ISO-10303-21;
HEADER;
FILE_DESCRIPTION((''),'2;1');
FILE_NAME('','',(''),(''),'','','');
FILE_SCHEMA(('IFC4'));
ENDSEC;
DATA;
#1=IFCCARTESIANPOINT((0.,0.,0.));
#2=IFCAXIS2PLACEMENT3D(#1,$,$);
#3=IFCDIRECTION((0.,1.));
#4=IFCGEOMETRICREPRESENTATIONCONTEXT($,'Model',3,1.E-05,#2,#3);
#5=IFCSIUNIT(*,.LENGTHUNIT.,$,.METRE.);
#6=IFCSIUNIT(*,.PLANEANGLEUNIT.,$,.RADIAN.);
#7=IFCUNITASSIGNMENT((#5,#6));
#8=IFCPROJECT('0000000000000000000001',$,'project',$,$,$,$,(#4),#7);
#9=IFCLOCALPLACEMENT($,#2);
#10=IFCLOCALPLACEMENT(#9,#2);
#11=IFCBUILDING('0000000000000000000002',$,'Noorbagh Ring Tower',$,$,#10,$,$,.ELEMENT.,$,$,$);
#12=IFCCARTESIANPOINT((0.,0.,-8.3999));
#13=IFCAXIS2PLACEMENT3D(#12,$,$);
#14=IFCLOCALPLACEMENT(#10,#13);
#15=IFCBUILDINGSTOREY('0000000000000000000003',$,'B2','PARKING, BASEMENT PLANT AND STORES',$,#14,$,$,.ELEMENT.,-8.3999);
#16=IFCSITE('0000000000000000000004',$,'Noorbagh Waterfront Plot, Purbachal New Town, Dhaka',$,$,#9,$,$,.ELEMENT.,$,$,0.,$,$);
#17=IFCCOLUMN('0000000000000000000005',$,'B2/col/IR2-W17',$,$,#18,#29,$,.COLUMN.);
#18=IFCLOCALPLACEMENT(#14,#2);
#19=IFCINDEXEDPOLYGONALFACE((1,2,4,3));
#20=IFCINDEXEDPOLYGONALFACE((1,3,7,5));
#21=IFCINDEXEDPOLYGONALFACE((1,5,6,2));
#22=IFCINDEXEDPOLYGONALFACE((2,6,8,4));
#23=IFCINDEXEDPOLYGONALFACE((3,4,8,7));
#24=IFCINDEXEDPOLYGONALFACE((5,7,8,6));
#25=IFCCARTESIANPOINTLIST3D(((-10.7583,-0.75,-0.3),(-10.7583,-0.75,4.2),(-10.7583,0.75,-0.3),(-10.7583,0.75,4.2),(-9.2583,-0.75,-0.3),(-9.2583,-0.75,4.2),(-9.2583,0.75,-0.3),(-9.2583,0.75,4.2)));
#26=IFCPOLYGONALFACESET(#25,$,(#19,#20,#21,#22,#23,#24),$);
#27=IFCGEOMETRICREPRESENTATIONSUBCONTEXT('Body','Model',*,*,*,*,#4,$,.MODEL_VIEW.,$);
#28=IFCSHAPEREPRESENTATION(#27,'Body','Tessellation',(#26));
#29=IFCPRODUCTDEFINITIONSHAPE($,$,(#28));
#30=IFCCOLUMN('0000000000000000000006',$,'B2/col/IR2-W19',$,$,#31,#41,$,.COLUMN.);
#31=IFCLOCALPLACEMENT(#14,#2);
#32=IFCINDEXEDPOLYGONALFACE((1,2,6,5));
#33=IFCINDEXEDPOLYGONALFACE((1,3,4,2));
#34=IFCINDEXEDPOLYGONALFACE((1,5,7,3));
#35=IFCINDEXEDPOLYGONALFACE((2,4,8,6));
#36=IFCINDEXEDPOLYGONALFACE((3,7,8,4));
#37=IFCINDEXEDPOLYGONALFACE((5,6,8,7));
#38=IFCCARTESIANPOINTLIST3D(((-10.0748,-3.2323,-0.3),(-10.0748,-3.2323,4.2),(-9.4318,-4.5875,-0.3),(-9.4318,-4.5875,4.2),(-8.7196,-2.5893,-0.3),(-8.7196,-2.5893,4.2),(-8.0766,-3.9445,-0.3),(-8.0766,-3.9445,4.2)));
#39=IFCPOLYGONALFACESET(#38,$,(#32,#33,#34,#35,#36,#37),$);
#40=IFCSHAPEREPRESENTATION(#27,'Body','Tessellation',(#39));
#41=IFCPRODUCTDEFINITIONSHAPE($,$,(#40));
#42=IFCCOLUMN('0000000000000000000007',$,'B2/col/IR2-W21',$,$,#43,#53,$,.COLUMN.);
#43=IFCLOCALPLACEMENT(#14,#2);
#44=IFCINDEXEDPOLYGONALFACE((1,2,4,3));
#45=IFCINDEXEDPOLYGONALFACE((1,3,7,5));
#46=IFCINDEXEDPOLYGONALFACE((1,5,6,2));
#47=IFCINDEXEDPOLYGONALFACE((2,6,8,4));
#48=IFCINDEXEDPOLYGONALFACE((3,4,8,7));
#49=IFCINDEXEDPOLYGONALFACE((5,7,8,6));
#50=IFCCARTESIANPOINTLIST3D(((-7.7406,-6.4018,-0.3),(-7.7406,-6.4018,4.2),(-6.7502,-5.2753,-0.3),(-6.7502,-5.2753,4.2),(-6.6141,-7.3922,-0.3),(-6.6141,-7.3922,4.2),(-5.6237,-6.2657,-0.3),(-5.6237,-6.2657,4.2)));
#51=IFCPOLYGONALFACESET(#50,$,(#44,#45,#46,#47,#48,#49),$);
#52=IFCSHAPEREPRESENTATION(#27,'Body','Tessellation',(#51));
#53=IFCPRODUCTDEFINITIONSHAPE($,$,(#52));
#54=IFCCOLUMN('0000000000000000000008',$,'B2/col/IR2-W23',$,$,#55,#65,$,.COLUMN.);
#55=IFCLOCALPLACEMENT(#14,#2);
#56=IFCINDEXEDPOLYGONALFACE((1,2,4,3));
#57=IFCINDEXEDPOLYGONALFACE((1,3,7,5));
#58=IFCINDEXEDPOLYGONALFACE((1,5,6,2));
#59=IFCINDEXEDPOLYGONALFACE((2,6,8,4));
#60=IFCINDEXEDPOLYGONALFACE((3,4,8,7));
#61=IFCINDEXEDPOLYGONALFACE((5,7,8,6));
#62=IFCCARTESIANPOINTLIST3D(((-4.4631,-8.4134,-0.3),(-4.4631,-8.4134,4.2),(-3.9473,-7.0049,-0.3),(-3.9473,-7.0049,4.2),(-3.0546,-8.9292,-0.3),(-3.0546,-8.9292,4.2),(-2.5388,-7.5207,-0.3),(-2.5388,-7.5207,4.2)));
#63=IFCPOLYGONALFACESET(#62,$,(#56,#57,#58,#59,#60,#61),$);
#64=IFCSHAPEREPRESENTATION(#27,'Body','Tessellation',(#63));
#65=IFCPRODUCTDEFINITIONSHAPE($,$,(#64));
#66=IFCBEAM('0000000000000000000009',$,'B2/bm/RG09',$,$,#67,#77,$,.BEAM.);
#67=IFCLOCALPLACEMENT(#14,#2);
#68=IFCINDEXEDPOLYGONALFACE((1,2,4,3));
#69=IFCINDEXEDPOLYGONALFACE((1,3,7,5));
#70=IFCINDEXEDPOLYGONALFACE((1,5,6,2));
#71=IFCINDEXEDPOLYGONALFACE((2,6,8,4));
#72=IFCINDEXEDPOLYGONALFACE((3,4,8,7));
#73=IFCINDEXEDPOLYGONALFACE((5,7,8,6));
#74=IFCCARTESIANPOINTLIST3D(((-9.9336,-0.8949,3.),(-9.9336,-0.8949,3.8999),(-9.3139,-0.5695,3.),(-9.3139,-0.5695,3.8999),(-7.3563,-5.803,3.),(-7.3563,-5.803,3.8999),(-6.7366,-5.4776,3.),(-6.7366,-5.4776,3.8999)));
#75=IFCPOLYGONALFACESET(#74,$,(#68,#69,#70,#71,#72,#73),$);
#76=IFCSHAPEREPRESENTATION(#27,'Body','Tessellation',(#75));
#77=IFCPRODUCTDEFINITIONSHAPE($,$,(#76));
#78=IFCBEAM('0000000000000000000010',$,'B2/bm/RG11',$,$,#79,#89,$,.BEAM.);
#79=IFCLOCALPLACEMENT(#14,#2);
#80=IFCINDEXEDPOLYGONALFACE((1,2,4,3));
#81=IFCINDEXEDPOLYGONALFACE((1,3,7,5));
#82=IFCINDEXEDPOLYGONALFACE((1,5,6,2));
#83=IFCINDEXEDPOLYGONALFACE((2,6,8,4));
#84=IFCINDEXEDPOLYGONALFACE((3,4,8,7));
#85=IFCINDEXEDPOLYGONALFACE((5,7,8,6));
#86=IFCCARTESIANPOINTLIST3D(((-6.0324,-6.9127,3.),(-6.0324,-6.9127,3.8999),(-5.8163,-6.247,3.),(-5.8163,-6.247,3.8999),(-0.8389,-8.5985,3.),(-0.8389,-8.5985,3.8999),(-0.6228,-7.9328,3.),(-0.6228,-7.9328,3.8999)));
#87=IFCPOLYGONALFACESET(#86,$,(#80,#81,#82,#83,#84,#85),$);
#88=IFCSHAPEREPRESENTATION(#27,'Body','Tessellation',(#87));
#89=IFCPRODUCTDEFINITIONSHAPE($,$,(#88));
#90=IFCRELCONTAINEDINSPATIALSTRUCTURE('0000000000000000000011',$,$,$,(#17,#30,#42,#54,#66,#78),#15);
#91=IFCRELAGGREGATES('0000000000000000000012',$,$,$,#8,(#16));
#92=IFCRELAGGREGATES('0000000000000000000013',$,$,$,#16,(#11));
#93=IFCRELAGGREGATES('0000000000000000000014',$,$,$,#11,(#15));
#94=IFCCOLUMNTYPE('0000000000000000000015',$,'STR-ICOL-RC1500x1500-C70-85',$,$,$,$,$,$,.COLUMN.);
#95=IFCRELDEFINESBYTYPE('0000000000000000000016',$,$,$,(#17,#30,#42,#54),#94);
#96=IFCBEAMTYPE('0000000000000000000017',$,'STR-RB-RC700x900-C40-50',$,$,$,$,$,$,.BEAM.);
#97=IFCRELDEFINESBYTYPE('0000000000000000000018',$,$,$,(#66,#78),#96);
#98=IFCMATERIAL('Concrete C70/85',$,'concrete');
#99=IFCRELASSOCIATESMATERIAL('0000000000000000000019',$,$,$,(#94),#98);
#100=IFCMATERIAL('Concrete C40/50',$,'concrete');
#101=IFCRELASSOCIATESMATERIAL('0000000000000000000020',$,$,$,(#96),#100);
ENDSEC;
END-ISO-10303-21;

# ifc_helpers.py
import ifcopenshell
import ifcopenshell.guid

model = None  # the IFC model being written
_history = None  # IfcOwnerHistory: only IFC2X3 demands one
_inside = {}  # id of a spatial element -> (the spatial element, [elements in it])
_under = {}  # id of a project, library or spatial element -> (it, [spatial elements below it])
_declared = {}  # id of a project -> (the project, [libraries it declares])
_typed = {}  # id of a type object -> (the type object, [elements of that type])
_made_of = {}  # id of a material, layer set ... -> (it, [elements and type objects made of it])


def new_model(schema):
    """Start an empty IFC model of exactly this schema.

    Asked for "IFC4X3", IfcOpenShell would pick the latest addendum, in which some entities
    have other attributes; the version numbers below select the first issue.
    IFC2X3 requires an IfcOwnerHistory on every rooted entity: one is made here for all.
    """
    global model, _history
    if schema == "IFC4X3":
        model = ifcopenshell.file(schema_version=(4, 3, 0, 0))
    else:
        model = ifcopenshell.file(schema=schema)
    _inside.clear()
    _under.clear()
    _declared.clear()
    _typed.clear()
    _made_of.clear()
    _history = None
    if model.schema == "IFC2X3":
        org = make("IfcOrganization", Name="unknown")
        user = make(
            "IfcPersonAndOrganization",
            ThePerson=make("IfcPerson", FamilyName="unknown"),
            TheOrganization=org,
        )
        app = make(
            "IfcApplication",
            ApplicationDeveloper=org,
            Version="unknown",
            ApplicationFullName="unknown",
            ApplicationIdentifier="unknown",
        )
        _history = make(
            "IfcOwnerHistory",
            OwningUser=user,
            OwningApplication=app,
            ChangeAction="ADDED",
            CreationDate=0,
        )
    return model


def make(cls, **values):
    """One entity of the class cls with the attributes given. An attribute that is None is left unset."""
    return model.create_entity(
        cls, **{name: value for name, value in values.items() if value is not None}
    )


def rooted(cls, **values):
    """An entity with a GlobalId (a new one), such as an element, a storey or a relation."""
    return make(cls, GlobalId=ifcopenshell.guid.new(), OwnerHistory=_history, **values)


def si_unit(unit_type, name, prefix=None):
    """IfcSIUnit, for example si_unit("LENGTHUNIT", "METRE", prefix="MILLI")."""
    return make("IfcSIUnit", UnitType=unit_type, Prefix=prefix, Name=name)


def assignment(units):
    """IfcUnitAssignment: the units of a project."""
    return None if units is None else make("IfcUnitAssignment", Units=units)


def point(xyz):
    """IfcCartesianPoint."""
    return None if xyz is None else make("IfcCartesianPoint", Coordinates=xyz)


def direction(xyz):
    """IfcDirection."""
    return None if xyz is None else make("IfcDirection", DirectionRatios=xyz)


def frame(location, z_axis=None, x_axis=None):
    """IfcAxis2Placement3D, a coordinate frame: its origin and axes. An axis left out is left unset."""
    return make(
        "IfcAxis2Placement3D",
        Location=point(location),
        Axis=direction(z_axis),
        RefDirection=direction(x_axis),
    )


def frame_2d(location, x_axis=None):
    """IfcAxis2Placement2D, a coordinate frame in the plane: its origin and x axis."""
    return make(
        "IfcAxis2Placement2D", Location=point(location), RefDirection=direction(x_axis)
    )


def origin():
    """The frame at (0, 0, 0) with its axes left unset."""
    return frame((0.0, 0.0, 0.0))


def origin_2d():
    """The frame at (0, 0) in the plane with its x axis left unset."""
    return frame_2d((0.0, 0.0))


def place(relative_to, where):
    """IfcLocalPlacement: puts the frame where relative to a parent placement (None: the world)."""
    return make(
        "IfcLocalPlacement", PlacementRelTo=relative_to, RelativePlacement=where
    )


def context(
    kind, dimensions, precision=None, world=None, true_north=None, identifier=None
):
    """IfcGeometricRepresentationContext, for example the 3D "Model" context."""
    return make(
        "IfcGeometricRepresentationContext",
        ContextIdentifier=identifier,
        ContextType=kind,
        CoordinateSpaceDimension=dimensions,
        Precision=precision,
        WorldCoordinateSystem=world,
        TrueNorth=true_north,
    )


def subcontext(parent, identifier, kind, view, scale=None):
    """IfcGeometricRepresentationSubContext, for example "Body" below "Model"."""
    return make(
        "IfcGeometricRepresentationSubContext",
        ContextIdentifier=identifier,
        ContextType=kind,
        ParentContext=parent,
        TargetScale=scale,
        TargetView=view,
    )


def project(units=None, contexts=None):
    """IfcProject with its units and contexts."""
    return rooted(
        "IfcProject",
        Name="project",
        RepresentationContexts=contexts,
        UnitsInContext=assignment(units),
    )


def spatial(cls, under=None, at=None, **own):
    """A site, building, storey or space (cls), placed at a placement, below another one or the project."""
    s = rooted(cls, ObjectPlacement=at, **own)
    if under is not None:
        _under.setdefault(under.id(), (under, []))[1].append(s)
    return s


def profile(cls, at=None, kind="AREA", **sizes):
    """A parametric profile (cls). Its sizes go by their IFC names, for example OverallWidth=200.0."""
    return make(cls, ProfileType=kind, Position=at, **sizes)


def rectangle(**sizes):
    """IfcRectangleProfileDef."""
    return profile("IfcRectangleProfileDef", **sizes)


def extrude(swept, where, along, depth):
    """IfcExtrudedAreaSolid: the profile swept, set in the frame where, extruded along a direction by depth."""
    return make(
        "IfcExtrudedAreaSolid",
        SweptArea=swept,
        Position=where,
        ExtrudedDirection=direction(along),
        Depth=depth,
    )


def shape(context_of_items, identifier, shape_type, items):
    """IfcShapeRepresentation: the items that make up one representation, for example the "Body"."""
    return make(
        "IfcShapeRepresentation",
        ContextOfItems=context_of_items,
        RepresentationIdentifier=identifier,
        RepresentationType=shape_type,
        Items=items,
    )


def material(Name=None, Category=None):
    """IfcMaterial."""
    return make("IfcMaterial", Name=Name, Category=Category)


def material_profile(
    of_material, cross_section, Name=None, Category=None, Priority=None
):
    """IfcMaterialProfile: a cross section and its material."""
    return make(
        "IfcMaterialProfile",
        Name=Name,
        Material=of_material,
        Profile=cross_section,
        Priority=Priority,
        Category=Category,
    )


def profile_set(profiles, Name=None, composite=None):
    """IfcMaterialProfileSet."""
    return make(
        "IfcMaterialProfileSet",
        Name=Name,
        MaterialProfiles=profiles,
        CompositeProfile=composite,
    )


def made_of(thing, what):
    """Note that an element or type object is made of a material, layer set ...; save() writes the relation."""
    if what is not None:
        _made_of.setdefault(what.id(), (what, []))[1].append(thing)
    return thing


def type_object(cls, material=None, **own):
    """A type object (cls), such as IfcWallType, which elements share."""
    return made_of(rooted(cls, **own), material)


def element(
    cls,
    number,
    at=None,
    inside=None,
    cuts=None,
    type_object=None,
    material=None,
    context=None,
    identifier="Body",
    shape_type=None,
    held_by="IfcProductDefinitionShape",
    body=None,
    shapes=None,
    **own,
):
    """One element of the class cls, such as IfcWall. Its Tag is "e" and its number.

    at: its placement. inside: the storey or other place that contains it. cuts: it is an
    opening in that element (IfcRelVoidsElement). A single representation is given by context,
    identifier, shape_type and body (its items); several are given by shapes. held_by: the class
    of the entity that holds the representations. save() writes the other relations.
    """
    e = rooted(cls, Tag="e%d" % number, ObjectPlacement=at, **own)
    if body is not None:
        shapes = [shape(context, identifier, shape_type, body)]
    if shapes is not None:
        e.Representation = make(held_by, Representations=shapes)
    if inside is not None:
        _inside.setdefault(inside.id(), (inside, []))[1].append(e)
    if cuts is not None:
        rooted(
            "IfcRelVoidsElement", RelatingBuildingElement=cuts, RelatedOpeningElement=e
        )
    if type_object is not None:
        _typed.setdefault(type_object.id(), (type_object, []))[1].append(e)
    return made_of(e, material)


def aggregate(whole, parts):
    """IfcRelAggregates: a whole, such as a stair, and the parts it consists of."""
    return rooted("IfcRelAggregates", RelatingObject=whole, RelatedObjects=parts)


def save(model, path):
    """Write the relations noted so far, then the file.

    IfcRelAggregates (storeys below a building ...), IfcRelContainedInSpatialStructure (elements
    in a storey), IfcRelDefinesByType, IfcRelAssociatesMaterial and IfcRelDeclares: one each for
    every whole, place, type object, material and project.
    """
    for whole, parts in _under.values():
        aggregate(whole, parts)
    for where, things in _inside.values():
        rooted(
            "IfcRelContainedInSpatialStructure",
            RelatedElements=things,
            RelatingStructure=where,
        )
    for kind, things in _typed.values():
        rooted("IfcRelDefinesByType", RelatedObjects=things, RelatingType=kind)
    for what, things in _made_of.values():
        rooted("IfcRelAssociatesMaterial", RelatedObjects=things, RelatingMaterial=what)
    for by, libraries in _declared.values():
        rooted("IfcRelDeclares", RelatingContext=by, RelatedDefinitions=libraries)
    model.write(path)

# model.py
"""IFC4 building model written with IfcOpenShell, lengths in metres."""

from ifc_helpers import new_model, si_unit, direction, frame, origin, origin_2d, place, context, subcontext, project, spatial, rectangle, extrude, material, material_profile, profile_set, type_object, element, save


model = new_model("IFC4")

# Units and contexts
model_context = context("Model", 3, precision=1e-05, world=origin(), true_north=direction((0.0, 1.0)))
body_context = subcontext(model_context, "Body", "Model", "MODEL_VIEW")
ifc_project = project(units=[si_unit("LENGTHUNIT", "METRE"), si_unit("PLANEANGLEUNIT", "RADIAN")], contexts=[model_context])

# Site, building, storey
site_placement = place(None, origin())
site = spatial("IfcSite", under=ifc_project, at=site_placement, Name="Noorbagh Waterfront Plot, Purbachal New Town, Dhaka", CompositionType="ELEMENT", RefElevation=0.0)
building_placement = place(site_placement, origin())
building = spatial("IfcBuilding", under=site, at=building_placement, Name="Noorbagh Ring Tower", CompositionType="ELEMENT")
storey_placement = place(building_placement, frame((0.0, 0.0, -8.3999)))
storey = spatial("IfcBuildingStorey", under=building, at=storey_placement, Name="B2", Description="PARKING, BASEMENT PLANT AND STORES", CompositionType="ELEMENT", Elevation=-8.3999)

# Columns
ifc_material_1 = material(Name="Concrete C70/85", Category="concrete")
ifc_material_profile_1 = material_profile(ifc_material_1, rectangle(XDim=1.5, YDim=1.5, at=origin_2d()), Name="RC1500x1500")
ifc_profile_set_1 = profile_set([ifc_material_profile_1], Name="Concrete C70/85")
column_type = type_object("IfcColumnType", Name="STR-ICOL-RC1500x1500-C70-85", PredefinedType="COLUMN", material=ifc_profile_set_1)
for number, where, z_axis, x_axis, name in (
    (1, (-10.0083, 0.0, -0.3), (0.0, 0.0, 1.0), (0.0, -1.0, 0.0), "B2/col/IR2-W17"),
    (2, (-9.0757, -3.5884, -0.3), (0.0, 0.0, 1.0), (0.428667, -0.903463, 0.0), "B2/col/IR2-W19"),
    (3, (-6.6821, -6.3337, -0.3), (0.0, 0.0, 1.0), (0.751022, -0.660277, 0.0), "B2/col/IR2-W21"),
    (4, (-3.501, -7.967, -0.3), (0.0, 0.0, 1.0), (0.93902, -0.343864, 0.0), "B2/col/IR2-W23"),
):
    element("IfcColumn", number, at=place(storey_placement, frame(where, z_axis=z_axis, x_axis=x_axis)), inside=storey, type_object=column_type, Name=name, PredefinedType="COLUMN", context=body_context, shape_type="SweptSolid", body=[
        extrude(rectangle(XDim=1.5, YDim=1.5, at=origin_2d()), origin(), (0.0, 0.0, 1.0), 4.5),
    ])

# Beams
ifc_material_2 = material(Name="Concrete C40/50", Category="concrete")
ifc_material_profile_2 = material_profile(ifc_material_2, rectangle(XDim=0.7, YDim=0.8999, at=origin_2d()), Name="RC700x900")
ifc_profile_set_2 = profile_set([ifc_material_profile_2], Name="Concrete C40/50")
beam_type = type_object("IfcBeamType", Name="STR-RB-RC700x900-C40-50", PredefinedType="BEAM", material=ifc_profile_set_2)
beam_1_placement = place(storey_placement, frame((-9.6238, -0.7322, 3.45), z_axis=(0.464917, -0.885354, 0.0), x_axis=(0.885354, 0.464917, 0.0)))
element("IfcBeam", 5, at=beam_1_placement, inside=storey, type_object=beam_type, Name="B2/bm/RG09", PredefinedType="BEAM", context=body_context, shape_type="SweptSolid", body=[
    extrude(rectangle(XDim=0.7, YDim=0.8999, at=origin_2d()), origin(), (0.0, 0.0, 1.0), 5.5437),
])
beam_2_placement = place(storey_placement, frame((-5.9243, -6.5798, 3.45), z_axis=(0.951144, -0.308746, 0.0), x_axis=(0.308746, 0.951144, 0.0)))
element("IfcBeam", 6, at=beam_2_placement, inside=storey, type_object=beam_type, Name="B2/bm/RG11", PredefinedType="BEAM", context=body_context, shape_type="SweptSolid", body=[
    extrude(rectangle(XDim=0.7, YDim=0.8999, at=origin_2d()), origin(), (0.0, 0.0, 1.0), 5.4602),
])

save(model, "model.ifc")
